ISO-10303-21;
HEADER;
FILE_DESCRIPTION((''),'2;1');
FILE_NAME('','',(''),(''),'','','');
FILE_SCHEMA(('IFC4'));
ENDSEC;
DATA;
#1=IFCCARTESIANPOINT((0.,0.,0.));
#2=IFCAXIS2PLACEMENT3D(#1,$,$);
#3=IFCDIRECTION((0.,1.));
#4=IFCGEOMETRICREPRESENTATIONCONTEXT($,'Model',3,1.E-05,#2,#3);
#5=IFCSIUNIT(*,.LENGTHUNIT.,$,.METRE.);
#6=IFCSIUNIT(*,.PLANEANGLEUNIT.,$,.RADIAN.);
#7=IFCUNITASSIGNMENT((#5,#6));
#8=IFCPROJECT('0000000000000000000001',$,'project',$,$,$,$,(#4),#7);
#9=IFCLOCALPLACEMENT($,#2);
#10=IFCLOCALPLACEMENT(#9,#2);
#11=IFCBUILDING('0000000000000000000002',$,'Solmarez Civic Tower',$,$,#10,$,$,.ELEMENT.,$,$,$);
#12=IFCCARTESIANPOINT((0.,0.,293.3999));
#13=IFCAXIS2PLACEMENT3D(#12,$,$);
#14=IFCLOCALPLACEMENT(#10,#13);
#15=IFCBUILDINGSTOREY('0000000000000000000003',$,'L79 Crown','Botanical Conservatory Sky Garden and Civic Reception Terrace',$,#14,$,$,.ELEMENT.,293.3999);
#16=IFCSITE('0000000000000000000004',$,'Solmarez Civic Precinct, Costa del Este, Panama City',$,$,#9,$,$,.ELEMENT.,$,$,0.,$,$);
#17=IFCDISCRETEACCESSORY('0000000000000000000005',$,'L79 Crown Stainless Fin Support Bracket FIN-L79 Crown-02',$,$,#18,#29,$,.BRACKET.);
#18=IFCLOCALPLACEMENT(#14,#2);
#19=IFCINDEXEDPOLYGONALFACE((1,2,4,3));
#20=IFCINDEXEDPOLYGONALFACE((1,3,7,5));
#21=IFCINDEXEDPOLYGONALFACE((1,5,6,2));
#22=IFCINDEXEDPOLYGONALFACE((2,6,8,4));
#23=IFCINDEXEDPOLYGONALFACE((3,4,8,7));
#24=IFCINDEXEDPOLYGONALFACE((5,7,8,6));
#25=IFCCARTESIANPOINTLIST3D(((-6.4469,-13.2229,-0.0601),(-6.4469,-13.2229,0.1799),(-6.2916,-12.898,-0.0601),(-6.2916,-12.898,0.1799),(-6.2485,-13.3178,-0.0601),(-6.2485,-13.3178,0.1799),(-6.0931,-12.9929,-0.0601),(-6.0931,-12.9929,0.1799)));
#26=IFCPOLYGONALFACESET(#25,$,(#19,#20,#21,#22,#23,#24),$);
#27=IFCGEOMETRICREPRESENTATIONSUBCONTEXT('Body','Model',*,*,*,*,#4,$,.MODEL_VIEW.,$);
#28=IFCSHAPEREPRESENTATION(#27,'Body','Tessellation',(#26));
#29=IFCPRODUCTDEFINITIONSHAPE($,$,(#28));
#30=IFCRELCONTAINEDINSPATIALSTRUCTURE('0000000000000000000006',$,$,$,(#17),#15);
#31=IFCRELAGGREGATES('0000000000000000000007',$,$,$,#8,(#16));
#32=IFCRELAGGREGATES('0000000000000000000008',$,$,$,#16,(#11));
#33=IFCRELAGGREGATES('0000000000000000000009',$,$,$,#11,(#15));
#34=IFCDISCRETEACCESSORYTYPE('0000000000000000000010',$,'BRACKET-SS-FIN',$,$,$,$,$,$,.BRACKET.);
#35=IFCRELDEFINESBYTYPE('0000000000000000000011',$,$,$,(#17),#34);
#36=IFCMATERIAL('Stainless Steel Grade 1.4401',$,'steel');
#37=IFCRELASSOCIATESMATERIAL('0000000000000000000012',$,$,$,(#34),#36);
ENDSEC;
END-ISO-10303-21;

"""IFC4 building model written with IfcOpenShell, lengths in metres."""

from ifc_helpers import new_model, si_unit, direction, frame, origin, origin_2d, place, context, subcontext, project, spatial, rectangle, extrude, material, type_object, element, save


model = new_model("IFC4")

# Units and contexts
model_context = context("Model", 3, precision=1e-05, world=origin(), true_north=direction((0.0, 1.0)))
body_context = subcontext(model_context, "Body", "Model", "MODEL_VIEW")
ifc_project = project(units=[si_unit("LENGTHUNIT", "METRE"), si_unit("PLANEANGLEUNIT", "RADIAN")], contexts=[model_context])

# Site, building, storey
site_placement = place(None, origin())
site = spatial("IfcSite", under=ifc_project, at=site_placement, Name="Solmarez Civic Precinct, Costa del Este, Panama City", CompositionType="ELEMENT", RefElevation=0.0)
building_placement = place(site_placement, origin())
building = spatial("IfcBuilding", under=site, at=building_placement, Name="Solmarez Civic Tower", CompositionType="ELEMENT")
storey_placement = place(building_placement, frame((0.0, 0.0, 293.3999)))
storey = spatial("IfcBuildingStorey", under=building, at=storey_placement, Name="L79 Crown", Description="Botanical Conservatory Sky Garden and Civic Reception Terrace", CompositionType="ELEMENT", Elevation=293.3999)

# Discrete accessory
ifc_material_1 = material(Name="Stainless Steel Grade 1.4401", Category="steel")
discrete_accessory_type = type_object("IfcDiscreteAccessoryType", Name="BRACKET-SS-FIN", PredefinedType="BRACKET", material=ifc_material_1)
discrete_accessory_placement = place(storey_placement, frame((-6.27, -13.1079, -0.0601), z_axis=(0.0, 0.0, 1.0), x_axis=(-0.431454, -0.902135, 0.0)))
element("IfcDiscreteAccessory", 1, at=discrete_accessory_placement, inside=storey, type_object=discrete_accessory_type, Name="L79 Crown Stainless Fin Support Bracket FIN-L79 Crown-02", PredefinedType="BRACKET", context=body_context, shape_type="SweptSolid", body=[
    extrude(rectangle(XDim=0.3601, YDim=0.22, at=origin_2d()), origin(), (0.0, 0.0, 1.0), 0.24),
])

save(model, "model.ifc")
